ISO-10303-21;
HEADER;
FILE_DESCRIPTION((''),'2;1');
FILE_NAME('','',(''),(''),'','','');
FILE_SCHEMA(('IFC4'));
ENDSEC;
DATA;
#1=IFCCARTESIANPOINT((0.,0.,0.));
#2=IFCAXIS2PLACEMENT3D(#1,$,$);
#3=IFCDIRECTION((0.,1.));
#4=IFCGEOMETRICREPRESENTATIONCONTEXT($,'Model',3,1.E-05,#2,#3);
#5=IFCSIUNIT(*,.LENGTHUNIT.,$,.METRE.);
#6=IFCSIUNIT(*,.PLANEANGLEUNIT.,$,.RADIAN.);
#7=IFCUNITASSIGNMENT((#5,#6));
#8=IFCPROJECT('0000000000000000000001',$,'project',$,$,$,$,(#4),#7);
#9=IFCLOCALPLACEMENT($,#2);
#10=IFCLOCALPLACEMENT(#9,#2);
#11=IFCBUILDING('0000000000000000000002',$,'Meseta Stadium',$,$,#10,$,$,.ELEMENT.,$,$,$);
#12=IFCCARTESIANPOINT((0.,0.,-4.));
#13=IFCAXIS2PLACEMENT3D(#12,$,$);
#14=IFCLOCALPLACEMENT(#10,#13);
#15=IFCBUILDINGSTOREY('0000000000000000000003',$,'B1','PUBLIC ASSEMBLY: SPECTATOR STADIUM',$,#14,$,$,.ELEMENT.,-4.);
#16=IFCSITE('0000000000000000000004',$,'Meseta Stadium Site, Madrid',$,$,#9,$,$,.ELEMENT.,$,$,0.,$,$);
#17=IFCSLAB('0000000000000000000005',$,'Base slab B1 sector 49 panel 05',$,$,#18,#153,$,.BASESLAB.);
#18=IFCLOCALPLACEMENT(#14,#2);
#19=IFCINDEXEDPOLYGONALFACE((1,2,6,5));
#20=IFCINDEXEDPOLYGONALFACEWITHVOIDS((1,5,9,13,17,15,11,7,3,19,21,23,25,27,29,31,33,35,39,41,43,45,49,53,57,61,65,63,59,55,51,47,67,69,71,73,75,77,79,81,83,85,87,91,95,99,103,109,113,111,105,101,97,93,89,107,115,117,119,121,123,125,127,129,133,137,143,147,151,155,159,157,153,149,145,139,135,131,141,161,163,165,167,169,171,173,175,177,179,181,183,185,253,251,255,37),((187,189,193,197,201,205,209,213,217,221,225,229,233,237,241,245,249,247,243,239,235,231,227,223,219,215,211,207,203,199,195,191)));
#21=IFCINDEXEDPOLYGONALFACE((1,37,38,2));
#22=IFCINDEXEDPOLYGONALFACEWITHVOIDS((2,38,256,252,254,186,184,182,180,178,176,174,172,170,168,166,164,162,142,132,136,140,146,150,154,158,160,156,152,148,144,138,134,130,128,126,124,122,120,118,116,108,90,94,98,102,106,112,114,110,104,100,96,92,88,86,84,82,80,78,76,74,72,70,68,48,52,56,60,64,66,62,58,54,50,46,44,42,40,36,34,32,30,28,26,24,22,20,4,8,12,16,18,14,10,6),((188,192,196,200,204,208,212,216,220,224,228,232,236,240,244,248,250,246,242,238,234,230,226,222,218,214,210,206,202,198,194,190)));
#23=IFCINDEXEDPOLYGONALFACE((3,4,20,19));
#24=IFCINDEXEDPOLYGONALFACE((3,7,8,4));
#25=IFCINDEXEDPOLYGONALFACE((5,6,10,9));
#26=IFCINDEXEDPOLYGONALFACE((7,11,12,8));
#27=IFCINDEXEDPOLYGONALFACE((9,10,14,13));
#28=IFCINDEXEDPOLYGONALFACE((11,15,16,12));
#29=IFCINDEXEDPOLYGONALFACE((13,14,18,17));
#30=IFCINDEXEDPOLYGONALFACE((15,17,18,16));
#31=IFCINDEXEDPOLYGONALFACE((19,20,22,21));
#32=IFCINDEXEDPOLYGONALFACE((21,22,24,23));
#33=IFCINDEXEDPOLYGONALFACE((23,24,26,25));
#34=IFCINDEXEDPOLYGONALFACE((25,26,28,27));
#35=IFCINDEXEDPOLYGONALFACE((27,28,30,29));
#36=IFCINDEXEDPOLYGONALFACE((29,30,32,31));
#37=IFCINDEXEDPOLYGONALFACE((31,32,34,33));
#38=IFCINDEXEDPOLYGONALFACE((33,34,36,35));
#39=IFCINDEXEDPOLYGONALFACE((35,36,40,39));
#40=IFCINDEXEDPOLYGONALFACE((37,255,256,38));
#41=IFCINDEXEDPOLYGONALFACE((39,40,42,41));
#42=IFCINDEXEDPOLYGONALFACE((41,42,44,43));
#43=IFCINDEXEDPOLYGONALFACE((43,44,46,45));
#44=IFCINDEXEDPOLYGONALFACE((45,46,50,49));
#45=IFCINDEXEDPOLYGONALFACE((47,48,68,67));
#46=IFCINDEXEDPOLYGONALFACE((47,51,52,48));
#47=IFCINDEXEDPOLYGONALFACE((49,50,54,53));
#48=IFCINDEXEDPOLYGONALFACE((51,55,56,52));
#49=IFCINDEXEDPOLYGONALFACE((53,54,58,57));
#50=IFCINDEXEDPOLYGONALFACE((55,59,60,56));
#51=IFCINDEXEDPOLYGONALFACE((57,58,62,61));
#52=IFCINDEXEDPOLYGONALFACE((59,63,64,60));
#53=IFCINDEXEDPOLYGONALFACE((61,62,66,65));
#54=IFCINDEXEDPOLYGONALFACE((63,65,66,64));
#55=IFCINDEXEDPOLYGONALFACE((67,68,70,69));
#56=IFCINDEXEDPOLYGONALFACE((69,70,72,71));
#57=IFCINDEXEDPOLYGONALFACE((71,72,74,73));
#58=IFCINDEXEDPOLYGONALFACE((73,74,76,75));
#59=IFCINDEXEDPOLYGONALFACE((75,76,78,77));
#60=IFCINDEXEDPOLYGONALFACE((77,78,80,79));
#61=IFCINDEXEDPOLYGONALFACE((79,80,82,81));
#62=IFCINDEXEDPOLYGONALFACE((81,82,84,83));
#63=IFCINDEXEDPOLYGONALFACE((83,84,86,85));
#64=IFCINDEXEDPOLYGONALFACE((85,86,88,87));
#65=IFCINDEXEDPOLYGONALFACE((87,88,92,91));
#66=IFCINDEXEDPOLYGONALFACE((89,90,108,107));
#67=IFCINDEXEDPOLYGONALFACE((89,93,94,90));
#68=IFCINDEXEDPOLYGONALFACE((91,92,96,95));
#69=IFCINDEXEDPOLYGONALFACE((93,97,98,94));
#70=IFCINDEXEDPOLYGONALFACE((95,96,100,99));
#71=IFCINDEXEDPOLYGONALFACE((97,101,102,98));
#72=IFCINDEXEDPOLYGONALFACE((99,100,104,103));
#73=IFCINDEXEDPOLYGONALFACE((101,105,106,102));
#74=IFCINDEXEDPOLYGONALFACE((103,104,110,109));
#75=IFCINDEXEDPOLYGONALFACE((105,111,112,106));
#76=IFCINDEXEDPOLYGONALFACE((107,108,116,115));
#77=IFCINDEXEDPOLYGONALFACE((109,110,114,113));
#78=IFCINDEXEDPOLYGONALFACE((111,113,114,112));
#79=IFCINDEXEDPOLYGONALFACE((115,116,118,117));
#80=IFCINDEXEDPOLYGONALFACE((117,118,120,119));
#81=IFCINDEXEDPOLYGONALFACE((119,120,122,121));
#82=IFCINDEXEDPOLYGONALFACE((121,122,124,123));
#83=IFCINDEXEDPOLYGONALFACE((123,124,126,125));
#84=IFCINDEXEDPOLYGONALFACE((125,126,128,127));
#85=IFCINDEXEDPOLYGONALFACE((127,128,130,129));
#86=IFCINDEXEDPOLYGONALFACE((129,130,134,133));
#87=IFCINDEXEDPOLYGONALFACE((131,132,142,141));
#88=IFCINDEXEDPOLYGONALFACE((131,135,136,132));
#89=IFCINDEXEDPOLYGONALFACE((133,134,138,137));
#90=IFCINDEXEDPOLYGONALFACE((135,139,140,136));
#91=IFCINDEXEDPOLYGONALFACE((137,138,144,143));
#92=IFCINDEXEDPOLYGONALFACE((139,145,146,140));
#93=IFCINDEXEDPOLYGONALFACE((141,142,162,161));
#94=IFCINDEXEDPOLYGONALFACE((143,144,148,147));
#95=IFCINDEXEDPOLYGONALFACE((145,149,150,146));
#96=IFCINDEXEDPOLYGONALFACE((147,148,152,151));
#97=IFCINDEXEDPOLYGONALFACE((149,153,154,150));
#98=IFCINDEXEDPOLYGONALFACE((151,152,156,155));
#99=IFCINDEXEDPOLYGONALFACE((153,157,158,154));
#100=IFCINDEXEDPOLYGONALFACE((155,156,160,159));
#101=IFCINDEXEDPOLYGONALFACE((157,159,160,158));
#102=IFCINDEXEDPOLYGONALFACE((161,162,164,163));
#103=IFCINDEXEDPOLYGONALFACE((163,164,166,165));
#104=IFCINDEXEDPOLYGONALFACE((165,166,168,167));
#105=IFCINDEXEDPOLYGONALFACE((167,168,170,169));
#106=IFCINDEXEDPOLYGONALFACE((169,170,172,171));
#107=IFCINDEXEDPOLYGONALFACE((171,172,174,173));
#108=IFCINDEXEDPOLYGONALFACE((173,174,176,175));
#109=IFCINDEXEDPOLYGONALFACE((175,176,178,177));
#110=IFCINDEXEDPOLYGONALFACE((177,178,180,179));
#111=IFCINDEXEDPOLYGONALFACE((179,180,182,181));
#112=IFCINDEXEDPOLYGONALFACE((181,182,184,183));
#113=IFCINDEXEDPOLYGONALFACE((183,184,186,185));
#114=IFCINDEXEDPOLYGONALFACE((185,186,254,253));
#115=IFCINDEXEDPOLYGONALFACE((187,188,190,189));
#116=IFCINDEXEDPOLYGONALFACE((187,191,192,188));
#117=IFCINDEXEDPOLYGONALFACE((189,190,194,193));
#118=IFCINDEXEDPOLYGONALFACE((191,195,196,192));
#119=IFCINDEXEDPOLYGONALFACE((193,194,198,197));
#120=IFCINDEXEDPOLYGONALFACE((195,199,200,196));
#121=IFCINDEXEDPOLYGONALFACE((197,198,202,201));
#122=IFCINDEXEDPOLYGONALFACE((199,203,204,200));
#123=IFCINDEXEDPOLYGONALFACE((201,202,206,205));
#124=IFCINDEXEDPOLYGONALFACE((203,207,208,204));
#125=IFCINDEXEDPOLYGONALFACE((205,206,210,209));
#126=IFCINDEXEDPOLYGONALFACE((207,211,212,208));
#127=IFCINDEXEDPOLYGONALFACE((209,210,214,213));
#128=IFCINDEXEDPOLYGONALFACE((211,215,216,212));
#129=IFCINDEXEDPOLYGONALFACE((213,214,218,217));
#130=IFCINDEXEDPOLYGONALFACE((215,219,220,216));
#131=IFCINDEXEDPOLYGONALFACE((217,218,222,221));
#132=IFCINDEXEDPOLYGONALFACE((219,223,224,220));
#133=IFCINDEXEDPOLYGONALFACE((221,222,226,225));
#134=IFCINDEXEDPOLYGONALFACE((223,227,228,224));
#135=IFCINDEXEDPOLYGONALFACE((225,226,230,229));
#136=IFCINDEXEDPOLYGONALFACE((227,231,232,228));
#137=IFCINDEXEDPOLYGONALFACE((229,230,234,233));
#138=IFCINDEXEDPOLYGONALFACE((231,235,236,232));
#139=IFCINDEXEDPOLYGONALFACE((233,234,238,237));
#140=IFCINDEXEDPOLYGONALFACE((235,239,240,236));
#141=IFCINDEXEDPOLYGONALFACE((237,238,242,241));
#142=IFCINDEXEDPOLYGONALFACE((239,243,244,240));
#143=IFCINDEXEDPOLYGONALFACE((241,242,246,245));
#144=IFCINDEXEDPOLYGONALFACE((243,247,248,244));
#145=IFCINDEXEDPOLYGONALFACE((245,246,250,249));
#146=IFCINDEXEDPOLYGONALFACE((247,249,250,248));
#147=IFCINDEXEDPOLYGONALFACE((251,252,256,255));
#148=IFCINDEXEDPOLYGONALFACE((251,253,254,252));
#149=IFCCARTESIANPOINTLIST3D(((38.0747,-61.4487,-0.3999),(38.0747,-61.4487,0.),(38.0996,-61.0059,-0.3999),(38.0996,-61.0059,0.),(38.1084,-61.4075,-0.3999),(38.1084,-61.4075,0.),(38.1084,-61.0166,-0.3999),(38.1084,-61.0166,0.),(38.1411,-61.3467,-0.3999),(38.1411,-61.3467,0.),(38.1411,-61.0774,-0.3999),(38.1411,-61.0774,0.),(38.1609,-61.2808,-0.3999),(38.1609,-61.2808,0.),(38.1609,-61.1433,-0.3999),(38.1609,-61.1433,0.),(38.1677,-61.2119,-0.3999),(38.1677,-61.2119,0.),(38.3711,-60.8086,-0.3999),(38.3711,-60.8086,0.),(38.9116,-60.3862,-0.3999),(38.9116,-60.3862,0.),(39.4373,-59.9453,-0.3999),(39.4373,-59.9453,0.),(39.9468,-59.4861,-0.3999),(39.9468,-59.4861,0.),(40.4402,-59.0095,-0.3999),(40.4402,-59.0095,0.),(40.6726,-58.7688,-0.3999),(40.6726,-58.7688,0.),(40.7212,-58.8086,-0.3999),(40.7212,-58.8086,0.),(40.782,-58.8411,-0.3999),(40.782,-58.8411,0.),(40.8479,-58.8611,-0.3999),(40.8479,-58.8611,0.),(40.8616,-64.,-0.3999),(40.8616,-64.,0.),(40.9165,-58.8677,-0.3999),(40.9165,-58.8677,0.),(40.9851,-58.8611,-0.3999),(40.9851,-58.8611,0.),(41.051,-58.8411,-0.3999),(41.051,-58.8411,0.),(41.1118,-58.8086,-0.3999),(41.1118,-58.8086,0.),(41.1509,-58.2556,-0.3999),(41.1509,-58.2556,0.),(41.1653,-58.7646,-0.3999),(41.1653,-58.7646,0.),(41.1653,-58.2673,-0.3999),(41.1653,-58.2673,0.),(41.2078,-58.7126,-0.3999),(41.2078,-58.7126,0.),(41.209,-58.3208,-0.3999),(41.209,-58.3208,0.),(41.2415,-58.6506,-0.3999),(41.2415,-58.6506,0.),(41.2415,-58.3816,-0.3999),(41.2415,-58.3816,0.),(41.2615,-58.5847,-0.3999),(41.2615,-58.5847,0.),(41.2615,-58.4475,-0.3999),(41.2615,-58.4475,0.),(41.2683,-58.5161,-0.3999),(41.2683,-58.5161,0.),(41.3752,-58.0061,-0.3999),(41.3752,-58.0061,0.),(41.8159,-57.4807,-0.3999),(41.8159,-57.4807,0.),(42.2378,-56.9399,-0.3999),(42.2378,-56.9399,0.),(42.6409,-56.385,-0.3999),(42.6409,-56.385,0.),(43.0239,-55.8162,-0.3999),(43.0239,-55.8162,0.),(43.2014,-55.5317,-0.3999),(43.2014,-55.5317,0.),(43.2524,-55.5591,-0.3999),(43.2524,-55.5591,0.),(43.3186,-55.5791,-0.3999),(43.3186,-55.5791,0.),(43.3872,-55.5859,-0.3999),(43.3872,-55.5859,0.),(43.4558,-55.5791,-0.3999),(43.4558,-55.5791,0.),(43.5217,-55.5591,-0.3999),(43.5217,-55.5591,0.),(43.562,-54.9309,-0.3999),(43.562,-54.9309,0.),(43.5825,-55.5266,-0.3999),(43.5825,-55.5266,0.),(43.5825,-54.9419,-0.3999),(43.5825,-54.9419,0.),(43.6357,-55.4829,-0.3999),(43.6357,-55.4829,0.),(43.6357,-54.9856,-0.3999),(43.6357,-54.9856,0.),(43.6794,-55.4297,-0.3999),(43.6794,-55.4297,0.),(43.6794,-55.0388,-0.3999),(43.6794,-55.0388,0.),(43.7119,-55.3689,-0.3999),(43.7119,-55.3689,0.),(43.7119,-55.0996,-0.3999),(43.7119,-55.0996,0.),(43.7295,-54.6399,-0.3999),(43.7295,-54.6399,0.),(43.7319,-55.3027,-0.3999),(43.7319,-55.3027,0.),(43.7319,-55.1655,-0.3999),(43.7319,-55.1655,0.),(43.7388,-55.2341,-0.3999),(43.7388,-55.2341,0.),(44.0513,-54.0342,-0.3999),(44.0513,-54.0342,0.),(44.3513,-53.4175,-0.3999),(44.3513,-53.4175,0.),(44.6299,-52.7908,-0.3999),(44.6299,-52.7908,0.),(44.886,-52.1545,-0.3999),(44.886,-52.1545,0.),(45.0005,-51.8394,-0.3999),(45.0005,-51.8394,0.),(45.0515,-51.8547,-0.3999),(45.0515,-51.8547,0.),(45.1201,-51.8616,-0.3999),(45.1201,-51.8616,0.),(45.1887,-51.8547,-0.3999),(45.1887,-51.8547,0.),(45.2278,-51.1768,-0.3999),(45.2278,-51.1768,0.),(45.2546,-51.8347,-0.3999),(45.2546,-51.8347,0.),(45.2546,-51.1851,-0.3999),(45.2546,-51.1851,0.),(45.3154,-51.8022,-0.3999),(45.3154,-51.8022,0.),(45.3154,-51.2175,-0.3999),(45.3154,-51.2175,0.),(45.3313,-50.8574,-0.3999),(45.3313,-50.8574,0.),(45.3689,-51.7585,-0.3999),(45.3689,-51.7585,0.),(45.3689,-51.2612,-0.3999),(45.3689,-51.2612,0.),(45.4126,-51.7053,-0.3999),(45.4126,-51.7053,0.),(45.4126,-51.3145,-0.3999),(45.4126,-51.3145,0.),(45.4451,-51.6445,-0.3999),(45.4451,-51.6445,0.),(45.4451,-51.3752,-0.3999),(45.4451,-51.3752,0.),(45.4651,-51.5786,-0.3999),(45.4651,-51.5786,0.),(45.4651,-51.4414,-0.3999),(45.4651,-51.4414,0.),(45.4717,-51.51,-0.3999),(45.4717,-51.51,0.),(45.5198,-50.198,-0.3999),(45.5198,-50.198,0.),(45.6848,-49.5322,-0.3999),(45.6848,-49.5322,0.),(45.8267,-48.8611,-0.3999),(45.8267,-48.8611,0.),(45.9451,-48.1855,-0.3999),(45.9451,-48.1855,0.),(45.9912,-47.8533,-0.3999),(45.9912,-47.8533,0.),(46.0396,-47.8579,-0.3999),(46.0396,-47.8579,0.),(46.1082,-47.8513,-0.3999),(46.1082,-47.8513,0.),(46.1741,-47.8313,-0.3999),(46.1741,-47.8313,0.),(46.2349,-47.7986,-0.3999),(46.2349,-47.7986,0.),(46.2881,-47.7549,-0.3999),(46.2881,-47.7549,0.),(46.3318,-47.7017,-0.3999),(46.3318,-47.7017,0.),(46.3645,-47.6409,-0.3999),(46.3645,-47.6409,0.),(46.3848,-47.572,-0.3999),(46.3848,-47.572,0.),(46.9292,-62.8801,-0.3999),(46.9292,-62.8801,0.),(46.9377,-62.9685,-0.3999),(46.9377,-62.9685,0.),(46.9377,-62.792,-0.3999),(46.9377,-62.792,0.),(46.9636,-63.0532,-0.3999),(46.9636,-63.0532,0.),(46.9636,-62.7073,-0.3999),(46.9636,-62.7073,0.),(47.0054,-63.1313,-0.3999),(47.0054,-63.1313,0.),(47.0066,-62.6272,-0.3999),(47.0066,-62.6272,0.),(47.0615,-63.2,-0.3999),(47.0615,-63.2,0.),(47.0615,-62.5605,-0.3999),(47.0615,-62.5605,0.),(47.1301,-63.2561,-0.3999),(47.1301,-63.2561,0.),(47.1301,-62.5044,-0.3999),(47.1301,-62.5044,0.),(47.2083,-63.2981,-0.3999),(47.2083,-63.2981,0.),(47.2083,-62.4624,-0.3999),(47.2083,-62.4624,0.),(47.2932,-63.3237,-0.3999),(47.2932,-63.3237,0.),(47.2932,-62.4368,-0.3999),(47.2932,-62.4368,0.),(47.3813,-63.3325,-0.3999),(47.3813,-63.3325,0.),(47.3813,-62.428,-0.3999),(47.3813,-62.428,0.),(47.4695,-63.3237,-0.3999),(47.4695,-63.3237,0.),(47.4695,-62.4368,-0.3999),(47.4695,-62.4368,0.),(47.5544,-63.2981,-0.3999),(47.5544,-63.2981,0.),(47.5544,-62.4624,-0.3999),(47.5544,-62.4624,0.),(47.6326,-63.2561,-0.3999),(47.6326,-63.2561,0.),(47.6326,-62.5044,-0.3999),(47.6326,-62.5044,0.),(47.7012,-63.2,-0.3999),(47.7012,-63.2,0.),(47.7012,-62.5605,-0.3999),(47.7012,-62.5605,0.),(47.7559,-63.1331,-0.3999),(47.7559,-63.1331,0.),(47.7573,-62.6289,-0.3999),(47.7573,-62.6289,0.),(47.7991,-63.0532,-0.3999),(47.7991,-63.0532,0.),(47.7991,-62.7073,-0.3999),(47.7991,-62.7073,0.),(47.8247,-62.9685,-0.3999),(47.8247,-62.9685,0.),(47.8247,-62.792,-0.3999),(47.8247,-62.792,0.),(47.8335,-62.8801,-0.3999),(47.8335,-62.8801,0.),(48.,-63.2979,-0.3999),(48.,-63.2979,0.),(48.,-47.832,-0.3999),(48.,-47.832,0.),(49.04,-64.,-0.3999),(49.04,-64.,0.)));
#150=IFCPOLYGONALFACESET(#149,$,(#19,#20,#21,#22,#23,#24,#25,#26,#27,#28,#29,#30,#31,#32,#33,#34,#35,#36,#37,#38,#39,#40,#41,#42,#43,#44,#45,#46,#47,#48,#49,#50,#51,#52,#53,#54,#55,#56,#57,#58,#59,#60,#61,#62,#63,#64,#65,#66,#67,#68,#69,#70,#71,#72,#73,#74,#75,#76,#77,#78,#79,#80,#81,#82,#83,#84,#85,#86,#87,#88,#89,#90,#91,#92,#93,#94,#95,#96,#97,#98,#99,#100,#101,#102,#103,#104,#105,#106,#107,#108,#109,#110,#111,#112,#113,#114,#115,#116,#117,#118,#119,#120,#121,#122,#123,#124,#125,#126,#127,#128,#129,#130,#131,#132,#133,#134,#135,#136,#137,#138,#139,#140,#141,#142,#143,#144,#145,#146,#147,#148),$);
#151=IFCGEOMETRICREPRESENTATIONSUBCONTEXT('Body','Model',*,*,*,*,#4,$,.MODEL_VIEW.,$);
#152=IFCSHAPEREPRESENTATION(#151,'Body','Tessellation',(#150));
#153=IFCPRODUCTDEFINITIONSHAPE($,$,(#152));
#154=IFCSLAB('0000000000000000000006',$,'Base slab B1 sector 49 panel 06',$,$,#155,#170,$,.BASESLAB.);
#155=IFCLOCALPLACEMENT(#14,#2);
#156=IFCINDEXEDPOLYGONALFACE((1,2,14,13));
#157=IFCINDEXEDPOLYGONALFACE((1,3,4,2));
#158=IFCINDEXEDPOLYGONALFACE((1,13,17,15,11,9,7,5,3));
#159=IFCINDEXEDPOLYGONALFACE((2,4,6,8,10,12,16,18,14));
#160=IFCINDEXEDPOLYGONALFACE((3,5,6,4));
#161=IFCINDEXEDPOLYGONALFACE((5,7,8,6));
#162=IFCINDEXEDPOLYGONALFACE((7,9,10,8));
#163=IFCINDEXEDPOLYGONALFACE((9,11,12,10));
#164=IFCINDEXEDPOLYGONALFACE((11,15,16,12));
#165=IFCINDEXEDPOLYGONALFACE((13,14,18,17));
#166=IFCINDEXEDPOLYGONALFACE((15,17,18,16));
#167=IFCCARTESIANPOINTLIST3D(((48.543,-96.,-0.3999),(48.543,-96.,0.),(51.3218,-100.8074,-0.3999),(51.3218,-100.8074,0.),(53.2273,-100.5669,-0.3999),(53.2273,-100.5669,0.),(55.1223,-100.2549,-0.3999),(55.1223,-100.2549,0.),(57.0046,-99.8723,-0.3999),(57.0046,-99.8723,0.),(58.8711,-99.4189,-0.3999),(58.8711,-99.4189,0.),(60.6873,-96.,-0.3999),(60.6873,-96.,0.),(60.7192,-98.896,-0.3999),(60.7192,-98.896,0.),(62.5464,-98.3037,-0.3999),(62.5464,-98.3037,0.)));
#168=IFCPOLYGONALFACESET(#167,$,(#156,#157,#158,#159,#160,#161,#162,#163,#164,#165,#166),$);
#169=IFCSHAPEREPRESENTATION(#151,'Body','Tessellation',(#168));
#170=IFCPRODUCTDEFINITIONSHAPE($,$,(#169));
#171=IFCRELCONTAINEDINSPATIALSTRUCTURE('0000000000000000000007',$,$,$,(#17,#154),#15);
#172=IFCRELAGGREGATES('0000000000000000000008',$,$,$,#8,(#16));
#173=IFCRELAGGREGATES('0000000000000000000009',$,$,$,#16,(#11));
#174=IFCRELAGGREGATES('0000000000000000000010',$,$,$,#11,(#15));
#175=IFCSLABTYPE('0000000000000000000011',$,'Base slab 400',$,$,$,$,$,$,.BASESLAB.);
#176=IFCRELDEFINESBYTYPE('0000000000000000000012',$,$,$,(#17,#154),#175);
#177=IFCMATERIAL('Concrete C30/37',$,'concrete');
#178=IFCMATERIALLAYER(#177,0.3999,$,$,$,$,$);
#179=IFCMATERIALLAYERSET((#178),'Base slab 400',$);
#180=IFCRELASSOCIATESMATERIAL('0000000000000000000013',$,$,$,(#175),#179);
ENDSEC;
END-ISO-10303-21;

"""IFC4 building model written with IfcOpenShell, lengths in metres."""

from ifc_helpers import new_model, si_unit, direction, frame, origin, place, context, subcontext, project, spatial, polyline, outline, extrude, material, layer, layer_set, type_object, element, save


model = new_model("IFC4")

# Units and contexts
model_context = context("Model", 3, precision=1e-05, world=origin(), true_north=direction((0.0, 1.0)))
body_context = subcontext(model_context, "Body", "Model", "MODEL_VIEW")
ifc_project = project(units=[si_unit("LENGTHUNIT", "METRE"), si_unit("PLANEANGLEUNIT", "RADIAN")], contexts=[model_context])

# Site, building, storey
site_placement = place(None, origin())
site = spatial("IfcSite", under=ifc_project, at=site_placement, Name="Meseta Stadium Site, Madrid", CompositionType="ELEMENT", RefElevation=0.0)
building_placement = place(site_placement, origin())
building = spatial("IfcBuilding", under=site, at=building_placement, Name="Meseta Stadium", CompositionType="ELEMENT")
storey_placement = place(building_placement, frame((0.0, 0.0, -4.0)))
storey = spatial("IfcBuildingStorey", under=building, at=storey_placement, Name="B1", Description="PUBLIC ASSEMBLY: SPECTATOR STADIUM", CompositionType="ELEMENT", Elevation=-4.0)

# Slabs
ifc_material = material(Name="Concrete C30/37", Category="concrete")
ifc_layer = layer(ifc_material, 0.3999)
ifc_layer_set = layer_set([ifc_layer], Name="Base slab 400")
slab_type = type_object("IfcSlabType", Name="Base slab 400", PredefinedType="BASESLAB", material=ifc_layer_set)
slab_1_placement = place(storey_placement, frame((0.0, 0.0, -0.3999)))
element("IfcSlab", 1, at=slab_1_placement, inside=storey, type_object=slab_type, Name="Base slab B1 sector 49 panel 05", PredefinedType="BASESLAB", context=body_context, shape_type="SweptSolid", body=[
    extrude(outline(polyline([(39.9468, -59.4861), (39.4373, -59.9453), (38.9116, -60.3862), (38.3711, -60.8086), (38.0996, -61.0059), (38.1084, -61.0166), (38.1411, -61.0774), (38.1609, -61.1433), (38.1677, -61.2119), (38.1609, -61.2808), (38.1411, -61.3467), (38.1084, -61.4075), (38.0747, -61.4487), (40.8616, -64.0), (49.04, -64.0), (48.0, -63.2979), (48.0, -47.832), (46.3848, -47.572), (46.3645, -47.6409), (46.3318, -47.7017), (46.2881, -47.7549), (46.2349, -47.7986), (46.1741, -47.8313), (46.1082, -47.8513), (46.0396, -47.8579), (45.9912, -47.8533), (45.9451, -48.1855), (45.8267, -48.8611), (45.6848, -49.5322), (45.5198, -50.198), (45.3313, -50.8574), (45.2278, -51.1768), (45.2546, -51.1851), (45.3154, -51.2175), (45.3689, -51.2612), (45.4126, -51.3145), (45.4451, -51.3752), (45.4651, -51.4414), (45.4717, -51.51), (45.4651, -51.5786), (45.4451, -51.6445), (45.4126, -51.7053), (45.3689, -51.7585), (45.3154, -51.8022), (45.2546, -51.8347), (45.1887, -51.8547), (45.1201, -51.8616), (45.0515, -51.8547), (45.0005, -51.8394), (44.886, -52.1545), (44.6299, -52.7908), (44.3513, -53.4175), (44.0513, -54.0342), (43.7295, -54.6399), (43.562, -54.9309), (43.5825, -54.9419), (43.6357, -54.9856), (43.6794, -55.0388), (43.7119, -55.0996), (43.7319, -55.1655), (43.7388, -55.2341), (43.7319, -55.3027), (43.7119, -55.3689), (43.6794, -55.4297), (43.6357, -55.4829), (43.5825, -55.5266), (43.5217, -55.5591), (43.4558, -55.5791), (43.3872, -55.5859), (43.3186, -55.5791), (43.2524, -55.5591), (43.2014, -55.5317), (43.0239, -55.8162), (42.6409, -56.385), (42.2378, -56.9399), (41.8159, -57.4807), (41.3752, -58.0061), (41.1509, -58.2556), (41.1653, -58.2673), (41.209, -58.3208), (41.2415, -58.3816), (41.2615, -58.4475), (41.2683, -58.5161), (41.2615, -58.5847), (41.2415, -58.6506), (41.2078, -58.7126), (41.1653, -58.7646), (41.1118, -58.8086), (41.051, -58.8411), (40.9851, -58.8611), (40.9165, -58.8677), (40.8479, -58.8611), (40.782, -58.8411), (40.7212, -58.8086), (40.6726, -58.7688), (40.4402, -59.0095), (39.9468, -59.4861)]), holes=[polyline([(47.2932, -63.3237), (47.2083, -63.2981), (47.1301, -63.2561), (47.0615, -63.2), (47.0054, -63.1313), (46.9636, -63.0532), (46.9377, -62.9685), (46.9292, -62.8801), (46.9377, -62.792), (46.9636, -62.7073), (47.0066, -62.6272), (47.0615, -62.5605), (47.1301, -62.5044), (47.2083, -62.4624), (47.2932, -62.4368), (47.3813, -62.428), (47.4695, -62.4368), (47.5544, -62.4624), (47.6326, -62.5044), (47.7012, -62.5605), (47.7573, -62.6289), (47.7991, -62.7073), (47.8247, -62.792), (47.8335, -62.8801), (47.8247, -62.9685), (47.7991, -63.0532), (47.7559, -63.1331), (47.7012, -63.2), (47.6326, -63.2561), (47.5544, -63.2981), (47.4695, -63.3237), (47.3813, -63.3325), (47.2932, -63.3237)])]), origin(), (0.0, 0.0, 1.0), 0.3999),
])
slab_2_placement = place(storey_placement, frame((0.0, 0.0, -0.3999)))
element("IfcSlab", 2, at=slab_2_placement, inside=storey, type_object=slab_type, Name="Base slab B1 sector 49 panel 06", PredefinedType="BASESLAB", context=body_context, shape_type="SweptSolid", body=[
    extrude(outline(polyline([(58.8711, -99.4189), (60.7192, -98.896), (62.5464, -98.3037), (60.6873, -96.0), (48.543, -96.0), (51.3218, -100.8074), (53.2273, -100.5669), (55.1223, -100.2549), (57.0046, -99.8723), (58.8711, -99.4189)])), origin(), (0.0, 0.0, 1.0), 0.3999),
])

save(model, "model.ifc")
